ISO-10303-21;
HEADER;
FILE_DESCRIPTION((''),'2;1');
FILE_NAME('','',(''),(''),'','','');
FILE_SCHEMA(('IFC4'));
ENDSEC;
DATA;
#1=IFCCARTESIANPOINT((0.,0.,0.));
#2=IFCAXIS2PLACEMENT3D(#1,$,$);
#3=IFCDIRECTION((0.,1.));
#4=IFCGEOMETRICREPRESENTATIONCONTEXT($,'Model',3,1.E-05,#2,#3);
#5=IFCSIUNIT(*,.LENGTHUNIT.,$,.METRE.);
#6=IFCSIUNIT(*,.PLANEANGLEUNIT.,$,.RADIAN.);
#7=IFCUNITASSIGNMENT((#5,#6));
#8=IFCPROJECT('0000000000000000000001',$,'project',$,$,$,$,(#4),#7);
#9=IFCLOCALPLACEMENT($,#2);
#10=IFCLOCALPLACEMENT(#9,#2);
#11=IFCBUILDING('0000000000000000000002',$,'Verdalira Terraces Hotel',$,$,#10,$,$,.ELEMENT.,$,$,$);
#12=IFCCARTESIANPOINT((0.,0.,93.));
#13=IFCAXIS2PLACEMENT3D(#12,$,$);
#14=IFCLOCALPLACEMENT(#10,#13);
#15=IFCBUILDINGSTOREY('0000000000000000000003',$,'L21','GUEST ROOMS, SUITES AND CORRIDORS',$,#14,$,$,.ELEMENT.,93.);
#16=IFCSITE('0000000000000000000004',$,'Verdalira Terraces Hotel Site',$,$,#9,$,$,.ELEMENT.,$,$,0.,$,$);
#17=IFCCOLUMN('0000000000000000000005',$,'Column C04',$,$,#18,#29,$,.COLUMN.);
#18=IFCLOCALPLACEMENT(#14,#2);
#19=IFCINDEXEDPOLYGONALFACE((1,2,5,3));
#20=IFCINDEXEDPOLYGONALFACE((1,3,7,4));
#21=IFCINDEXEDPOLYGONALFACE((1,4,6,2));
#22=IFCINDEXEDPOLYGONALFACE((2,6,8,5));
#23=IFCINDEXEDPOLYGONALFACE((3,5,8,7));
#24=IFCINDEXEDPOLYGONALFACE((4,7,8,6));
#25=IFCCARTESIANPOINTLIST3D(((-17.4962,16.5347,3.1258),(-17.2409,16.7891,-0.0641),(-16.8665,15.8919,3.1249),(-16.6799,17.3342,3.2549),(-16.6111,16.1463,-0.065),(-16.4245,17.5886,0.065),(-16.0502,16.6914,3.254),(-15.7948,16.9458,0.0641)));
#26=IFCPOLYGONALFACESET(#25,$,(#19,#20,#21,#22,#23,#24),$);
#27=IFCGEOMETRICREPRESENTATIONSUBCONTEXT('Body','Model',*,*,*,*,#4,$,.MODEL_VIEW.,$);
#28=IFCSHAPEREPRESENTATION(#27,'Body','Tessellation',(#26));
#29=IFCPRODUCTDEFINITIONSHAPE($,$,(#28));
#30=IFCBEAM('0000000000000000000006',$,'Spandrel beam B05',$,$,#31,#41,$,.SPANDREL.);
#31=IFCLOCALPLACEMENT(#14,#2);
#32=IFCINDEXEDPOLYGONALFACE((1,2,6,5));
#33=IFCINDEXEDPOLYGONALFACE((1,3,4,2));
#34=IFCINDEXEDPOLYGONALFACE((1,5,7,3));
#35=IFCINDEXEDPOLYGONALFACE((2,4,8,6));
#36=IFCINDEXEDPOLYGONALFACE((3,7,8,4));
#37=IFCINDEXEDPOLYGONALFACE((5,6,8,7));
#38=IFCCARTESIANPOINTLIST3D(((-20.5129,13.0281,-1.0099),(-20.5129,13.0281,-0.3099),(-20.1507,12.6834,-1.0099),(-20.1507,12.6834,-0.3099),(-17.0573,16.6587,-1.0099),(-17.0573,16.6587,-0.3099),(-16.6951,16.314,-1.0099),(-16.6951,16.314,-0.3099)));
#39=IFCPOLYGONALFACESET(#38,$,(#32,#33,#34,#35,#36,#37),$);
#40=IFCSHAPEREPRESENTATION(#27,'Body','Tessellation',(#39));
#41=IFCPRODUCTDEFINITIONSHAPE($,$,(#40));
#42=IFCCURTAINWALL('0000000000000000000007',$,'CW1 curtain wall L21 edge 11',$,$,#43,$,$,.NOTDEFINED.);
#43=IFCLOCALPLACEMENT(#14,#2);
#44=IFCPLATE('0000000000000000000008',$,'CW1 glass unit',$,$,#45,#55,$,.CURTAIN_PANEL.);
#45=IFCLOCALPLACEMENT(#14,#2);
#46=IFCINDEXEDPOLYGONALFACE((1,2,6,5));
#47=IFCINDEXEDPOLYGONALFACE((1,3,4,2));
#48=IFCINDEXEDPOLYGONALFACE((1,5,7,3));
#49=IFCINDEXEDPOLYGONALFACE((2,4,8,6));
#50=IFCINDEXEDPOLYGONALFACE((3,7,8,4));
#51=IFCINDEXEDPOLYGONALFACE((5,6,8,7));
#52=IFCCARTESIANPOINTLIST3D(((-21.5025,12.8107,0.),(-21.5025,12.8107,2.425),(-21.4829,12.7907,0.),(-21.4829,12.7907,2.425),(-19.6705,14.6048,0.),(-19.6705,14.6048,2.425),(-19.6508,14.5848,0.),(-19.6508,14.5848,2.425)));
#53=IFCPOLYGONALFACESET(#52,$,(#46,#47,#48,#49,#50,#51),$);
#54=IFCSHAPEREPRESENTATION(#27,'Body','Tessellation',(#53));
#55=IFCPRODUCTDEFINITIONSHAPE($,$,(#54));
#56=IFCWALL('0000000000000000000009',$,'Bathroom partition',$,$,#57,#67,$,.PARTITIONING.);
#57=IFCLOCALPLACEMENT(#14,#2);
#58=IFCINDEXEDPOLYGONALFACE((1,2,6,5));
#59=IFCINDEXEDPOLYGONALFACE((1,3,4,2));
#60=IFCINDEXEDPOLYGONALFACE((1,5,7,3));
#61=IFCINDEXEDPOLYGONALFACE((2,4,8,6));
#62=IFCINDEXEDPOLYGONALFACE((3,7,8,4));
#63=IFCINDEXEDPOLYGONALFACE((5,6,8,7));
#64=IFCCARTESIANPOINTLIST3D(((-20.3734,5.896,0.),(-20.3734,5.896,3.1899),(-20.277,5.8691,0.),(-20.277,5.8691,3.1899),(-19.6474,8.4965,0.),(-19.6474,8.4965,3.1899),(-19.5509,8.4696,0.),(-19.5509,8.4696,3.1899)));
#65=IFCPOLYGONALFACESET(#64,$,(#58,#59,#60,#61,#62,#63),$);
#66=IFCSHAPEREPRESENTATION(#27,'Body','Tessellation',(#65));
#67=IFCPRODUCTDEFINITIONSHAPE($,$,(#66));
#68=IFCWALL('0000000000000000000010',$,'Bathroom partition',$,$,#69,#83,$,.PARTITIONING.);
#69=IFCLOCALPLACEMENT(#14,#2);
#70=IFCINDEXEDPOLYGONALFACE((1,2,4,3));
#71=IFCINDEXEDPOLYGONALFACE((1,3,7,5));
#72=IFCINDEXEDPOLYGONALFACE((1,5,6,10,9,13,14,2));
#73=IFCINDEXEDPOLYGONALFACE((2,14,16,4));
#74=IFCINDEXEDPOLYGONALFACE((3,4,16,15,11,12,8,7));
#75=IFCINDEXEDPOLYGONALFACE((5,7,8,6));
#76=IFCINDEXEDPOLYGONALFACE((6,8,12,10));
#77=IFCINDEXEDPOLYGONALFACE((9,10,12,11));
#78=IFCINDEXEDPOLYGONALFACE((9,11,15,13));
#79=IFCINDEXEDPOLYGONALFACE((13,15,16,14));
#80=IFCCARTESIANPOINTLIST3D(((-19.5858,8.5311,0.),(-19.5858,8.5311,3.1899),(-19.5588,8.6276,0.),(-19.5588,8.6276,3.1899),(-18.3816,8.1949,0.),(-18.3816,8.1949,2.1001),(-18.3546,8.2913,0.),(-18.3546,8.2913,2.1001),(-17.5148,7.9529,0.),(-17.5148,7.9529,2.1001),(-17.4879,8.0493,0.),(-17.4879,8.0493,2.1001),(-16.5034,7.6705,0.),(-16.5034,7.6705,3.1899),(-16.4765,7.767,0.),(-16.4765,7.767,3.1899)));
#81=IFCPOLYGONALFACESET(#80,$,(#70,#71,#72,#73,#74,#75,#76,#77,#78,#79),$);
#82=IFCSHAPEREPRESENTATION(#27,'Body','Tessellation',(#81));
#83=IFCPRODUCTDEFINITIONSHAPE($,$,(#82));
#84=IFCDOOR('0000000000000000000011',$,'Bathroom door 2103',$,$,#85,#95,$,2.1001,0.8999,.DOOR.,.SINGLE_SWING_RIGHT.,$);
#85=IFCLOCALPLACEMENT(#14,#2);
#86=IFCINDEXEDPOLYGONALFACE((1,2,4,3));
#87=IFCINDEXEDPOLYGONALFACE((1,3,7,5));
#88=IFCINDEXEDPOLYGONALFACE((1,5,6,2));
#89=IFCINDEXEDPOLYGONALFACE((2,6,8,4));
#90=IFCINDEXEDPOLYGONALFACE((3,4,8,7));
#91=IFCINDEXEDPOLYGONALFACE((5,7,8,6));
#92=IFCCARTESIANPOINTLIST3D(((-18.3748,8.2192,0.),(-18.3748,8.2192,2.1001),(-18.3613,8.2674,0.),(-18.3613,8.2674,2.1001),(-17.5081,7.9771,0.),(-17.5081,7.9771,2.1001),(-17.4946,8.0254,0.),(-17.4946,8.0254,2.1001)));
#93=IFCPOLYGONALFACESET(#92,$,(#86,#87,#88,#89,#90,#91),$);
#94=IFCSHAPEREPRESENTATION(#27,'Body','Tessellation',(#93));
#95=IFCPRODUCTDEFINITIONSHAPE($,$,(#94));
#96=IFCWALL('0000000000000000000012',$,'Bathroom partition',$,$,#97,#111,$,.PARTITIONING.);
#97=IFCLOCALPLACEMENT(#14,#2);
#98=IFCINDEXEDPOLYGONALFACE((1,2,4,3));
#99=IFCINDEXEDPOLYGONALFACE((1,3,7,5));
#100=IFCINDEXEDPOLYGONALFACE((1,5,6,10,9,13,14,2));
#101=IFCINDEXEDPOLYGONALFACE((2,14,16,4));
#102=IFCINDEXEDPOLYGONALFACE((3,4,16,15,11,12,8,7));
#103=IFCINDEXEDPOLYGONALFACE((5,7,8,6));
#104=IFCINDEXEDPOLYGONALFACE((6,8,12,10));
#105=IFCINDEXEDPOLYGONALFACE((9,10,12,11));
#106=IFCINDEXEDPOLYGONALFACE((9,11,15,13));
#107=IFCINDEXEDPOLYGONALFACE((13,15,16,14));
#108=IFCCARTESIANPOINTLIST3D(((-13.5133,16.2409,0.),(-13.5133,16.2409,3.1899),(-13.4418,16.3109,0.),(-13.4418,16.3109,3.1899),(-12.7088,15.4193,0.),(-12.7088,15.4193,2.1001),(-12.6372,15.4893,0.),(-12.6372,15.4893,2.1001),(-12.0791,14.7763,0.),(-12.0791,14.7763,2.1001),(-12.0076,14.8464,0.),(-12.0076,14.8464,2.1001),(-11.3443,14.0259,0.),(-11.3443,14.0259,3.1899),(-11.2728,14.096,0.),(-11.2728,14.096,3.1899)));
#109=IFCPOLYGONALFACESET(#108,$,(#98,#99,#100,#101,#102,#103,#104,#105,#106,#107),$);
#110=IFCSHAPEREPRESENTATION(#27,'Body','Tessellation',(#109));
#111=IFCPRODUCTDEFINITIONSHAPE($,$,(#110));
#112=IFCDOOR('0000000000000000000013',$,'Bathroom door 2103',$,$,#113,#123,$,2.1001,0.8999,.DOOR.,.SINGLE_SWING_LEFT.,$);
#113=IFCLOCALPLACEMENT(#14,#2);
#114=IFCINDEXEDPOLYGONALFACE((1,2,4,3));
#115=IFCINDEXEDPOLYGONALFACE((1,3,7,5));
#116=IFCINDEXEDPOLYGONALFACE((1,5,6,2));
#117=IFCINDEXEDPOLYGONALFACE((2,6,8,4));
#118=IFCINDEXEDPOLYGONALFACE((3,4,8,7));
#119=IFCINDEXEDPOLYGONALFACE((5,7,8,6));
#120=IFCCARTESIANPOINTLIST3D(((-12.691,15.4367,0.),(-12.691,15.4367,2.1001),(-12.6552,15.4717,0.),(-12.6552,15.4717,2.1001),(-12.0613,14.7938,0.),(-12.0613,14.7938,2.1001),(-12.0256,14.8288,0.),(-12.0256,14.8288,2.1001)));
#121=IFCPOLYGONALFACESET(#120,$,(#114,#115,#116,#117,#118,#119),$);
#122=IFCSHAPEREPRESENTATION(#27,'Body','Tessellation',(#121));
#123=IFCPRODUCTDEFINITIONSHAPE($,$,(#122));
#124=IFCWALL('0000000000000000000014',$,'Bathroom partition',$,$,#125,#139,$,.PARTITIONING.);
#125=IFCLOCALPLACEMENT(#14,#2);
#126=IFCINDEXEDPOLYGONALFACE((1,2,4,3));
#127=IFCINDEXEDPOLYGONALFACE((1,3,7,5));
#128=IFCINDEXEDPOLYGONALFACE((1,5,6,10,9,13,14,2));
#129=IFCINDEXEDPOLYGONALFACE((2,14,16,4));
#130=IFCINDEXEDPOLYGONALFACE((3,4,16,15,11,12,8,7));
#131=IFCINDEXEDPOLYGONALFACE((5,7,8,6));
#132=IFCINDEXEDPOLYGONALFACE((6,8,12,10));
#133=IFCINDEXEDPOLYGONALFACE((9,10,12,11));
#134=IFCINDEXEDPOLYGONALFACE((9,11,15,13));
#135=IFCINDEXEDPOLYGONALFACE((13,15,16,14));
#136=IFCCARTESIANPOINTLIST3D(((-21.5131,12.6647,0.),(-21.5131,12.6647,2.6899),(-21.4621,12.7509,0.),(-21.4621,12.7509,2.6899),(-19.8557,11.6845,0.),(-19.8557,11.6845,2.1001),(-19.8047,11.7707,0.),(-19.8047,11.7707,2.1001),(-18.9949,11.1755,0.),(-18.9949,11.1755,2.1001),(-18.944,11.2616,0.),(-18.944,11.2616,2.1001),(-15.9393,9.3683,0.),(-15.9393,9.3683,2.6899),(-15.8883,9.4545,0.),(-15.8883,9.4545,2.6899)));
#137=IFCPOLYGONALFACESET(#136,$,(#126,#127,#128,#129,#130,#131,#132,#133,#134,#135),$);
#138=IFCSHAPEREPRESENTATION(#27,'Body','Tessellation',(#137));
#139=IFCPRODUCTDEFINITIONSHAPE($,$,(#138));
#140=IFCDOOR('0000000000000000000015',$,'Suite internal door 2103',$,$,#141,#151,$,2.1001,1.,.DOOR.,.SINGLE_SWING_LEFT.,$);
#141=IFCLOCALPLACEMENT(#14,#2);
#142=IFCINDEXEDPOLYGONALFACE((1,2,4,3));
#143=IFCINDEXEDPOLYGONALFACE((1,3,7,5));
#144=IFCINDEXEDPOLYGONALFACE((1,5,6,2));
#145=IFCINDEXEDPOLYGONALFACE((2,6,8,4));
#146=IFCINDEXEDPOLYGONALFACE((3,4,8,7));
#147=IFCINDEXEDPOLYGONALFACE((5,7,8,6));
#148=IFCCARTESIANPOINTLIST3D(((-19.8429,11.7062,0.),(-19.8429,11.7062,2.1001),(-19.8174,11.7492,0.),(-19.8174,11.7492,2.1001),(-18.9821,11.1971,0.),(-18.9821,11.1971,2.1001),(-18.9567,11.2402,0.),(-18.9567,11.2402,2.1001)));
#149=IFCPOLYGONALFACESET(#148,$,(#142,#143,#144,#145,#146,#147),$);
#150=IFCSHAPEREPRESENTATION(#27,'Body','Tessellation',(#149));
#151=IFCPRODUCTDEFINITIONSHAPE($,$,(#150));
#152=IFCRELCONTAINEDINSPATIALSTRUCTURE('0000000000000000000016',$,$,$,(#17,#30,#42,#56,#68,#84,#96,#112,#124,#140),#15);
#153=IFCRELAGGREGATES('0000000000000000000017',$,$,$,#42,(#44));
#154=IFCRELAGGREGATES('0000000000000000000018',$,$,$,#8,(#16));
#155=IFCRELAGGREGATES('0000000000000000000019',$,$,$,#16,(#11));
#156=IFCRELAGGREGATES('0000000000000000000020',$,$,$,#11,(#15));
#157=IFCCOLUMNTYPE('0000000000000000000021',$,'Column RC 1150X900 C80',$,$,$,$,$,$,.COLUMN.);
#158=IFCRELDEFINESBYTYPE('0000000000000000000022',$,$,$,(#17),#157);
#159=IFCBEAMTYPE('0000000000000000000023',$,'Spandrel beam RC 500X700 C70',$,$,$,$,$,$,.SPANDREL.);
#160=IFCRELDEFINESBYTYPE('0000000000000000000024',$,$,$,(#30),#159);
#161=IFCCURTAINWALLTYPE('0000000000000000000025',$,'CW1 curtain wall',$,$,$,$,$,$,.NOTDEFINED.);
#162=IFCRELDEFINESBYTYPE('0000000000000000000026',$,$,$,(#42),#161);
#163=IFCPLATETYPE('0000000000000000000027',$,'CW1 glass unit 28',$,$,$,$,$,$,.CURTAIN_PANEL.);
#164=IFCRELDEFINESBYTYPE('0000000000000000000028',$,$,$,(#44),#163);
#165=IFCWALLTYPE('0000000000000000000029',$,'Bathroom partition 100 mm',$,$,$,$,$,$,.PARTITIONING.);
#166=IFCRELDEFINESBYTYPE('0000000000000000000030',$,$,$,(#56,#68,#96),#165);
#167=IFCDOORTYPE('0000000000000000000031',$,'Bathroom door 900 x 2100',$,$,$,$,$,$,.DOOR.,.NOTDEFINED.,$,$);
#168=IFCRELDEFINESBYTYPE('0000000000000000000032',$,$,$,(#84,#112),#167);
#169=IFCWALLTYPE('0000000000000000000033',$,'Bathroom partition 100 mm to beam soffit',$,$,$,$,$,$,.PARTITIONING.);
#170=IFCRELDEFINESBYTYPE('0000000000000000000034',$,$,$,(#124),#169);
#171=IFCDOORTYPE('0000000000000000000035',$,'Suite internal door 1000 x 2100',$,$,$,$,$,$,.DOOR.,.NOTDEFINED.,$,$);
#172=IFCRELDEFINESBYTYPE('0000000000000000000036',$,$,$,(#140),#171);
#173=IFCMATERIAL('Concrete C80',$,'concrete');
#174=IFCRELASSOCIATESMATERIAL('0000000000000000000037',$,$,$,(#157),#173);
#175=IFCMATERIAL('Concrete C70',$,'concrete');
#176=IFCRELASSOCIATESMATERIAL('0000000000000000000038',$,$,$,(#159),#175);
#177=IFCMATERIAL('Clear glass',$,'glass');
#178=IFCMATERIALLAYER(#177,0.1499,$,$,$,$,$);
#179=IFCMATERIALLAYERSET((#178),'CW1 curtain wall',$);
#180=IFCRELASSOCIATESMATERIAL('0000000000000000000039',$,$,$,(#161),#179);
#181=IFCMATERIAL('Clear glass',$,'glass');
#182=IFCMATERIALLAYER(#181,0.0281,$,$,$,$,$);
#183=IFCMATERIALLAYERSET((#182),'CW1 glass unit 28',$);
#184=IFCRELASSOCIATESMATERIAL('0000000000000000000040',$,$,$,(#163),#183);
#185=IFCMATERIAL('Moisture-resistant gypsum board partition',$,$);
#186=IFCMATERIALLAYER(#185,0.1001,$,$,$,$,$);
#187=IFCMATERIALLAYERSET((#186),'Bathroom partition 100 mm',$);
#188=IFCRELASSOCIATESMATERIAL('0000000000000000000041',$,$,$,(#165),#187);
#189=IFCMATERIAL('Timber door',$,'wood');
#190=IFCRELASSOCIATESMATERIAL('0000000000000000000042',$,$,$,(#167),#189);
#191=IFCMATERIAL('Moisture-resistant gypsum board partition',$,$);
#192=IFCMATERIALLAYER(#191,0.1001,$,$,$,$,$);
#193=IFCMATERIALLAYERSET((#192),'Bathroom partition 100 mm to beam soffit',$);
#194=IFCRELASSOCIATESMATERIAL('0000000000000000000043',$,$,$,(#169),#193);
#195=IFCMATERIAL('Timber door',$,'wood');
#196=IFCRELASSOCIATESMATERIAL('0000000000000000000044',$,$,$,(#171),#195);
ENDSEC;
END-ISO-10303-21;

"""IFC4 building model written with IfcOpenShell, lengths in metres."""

from ifc_helpers import new_model, si_unit, direction, frame, frame_2d, origin, origin_2d, place, context, subcontext, project, spatial, rectangle, extrude, material, layer, layer_set, material_profile, profile_set, type_object, element, fill, aggregate, save


model = new_model("IFC4")

# Units and contexts
model_context = context("Model", 3, precision=1e-05, world=origin(), true_north=direction((0.0, 1.0)))
body_context = subcontext(model_context, "Body", "Model", "MODEL_VIEW")
ifc_project = project(units=[si_unit("LENGTHUNIT", "METRE"), si_unit("PLANEANGLEUNIT", "RADIAN")], contexts=[model_context])

# Site, building, storey
site_placement = place(None, origin())
site = spatial("IfcSite", under=ifc_project, at=site_placement, Name="Verdalira Terraces Hotel Site", CompositionType="ELEMENT", RefElevation=0.0)
building_placement = place(site_placement, origin())
building = spatial("IfcBuilding", under=site, at=building_placement, Name="Verdalira Terraces Hotel", CompositionType="ELEMENT")
storey_placement = place(building_placement, frame((0.0, 0.0, 93.0)))
storey = spatial("IfcBuildingStorey", under=building, at=storey_placement, Name="L21", Description="GUEST ROOMS, SUITES AND CORRIDORS", CompositionType="ELEMENT", Elevation=93.0)

# Column
ifc_material_1 = material(Name="Concrete C80", Category="concrete")
ifc_material_profile_1 = material_profile(ifc_material_1, rectangle(XDim=1.1499, YDim=0.8999, at=origin_2d()), Name="RC 1150X900")
ifc_profile_set_1 = profile_set([ifc_material_profile_1], Name="Concrete C80")
column_type = type_object("IfcColumnType", Name="Column RC 1150X900 C80", PredefinedType="COLUMN", material=ifc_profile_set_1)
column_placement = place(storey_placement, frame((-16.5178, 16.8674, 0.0), z_axis=(-0.079549, -0.079245, 0.993676), x_axis=(-0.709905, -0.695289, -0.11228)))
element("IfcColumn", 1, at=column_placement, inside=storey, type_object=column_type, Name="Column C04", PredefinedType="COLUMN", context=body_context, shape_type="SweptSolid", body=[
    extrude(rectangle(XDim=1.1499, YDim=0.8999, at=origin_2d()), origin(), (0.0, 0.0, 1.0), 3.2102),
])

# Beam
ifc_material_2 = material(Name="Concrete C70", Category="concrete")
ifc_material_profile_2 = material_profile(ifc_material_2, rectangle(XDim=0.5, YDim=0.7, at=origin_2d()), Name="RC 500X700")
ifc_profile_set_2 = profile_set([ifc_material_profile_2], Name="Concrete C70")
beam_type = type_object("IfcBeamType", Name="Spandrel beam RC 500X700 C70", PredefinedType="SPANDREL", material=ifc_profile_set_2)
beam_placement = place(storey_placement, frame((-16.8762, 16.4863, -0.6599), z_axis=(-0.689429, -0.724353, 0.0), x_axis=(0.724353, -0.689429, 0.0)))
element("IfcBeam", 2, at=beam_placement, inside=storey, type_object=beam_type, Name="Spandrel beam B05", PredefinedType="SPANDREL", context=body_context, shape_type="SweptSolid", body=[
    extrude(rectangle(XDim=0.5, YDim=0.7, at=origin_2d()), origin(), (0.0, 0.0, 1.0), 5.0122),
])

# Curtain wall, plate
ifc_material_3 = material(Name="Clear glass", Category="glass")
ifc_layer_1 = layer(ifc_material_3, 0.1499)
ifc_layer_set_1 = layer_set([ifc_layer_1], Name="CW1 curtain wall")
curtain_wall_type = type_object("IfcCurtainWallType", Name="CW1 curtain wall", PredefinedType="NOTDEFINED", material=ifc_layer_set_1)
curtain_wall_placement = place(storey_placement, origin())
curtain_wall = element("IfcCurtainWall", 3, at=curtain_wall_placement, inside=storey, type_object=curtain_wall_type, Name="CW1 curtain wall L21 edge 11", PredefinedType="NOTDEFINED")
ifc_material_4 = material(Name="Clear glass", Category="glass")
ifc_layer_2 = layer(ifc_material_4, 0.0281)
ifc_layer_set_2 = layer_set([ifc_layer_2], Name="CW1 glass unit 28")
plate_type = type_object("IfcPlateType", Name="CW1 glass unit 28", PredefinedType="CURTAIN_PANEL", material=ifc_layer_set_2)
plate_placement = place(storey_placement, frame((-20.5767, 13.6978, 0.0), z_axis=(0.0, 0.0, 1.0), x_axis=(-0.714473, -0.699663, 0.0)))
plate = element("IfcPlate", 4, at=plate_placement, type_object=plate_type, Name="CW1 glass unit", PredefinedType="CURTAIN_PANEL", context=body_context, shape_type="SweptSolid", body=[
    extrude(rectangle(XDim=2.5642, YDim=0.0281, at=origin_2d()), origin(), (0.0, 0.0, 1.0), 2.425),
])
aggregate(curtain_wall, [plate])

# Wall
ifc_material_5 = material(Name="Moisture-resistant gypsum board partition")
ifc_layer_3 = layer(ifc_material_5, 0.1001)
ifc_layer_set_3 = layer_set([ifc_layer_3], Name="Bathroom partition 100 mm")
wall_type_1 = type_object("IfcWallType", Name="Bathroom partition 100 mm", PredefinedType="PARTITIONING", material=ifc_layer_set_3)
wall_1_placement = place(storey_placement, frame((-19.5991, 8.4832, 0.0), z_axis=(0.0, 0.0, 1.0), x_axis=(-0.268912, -0.963165, 0.0)))
element("IfcWall", 5, at=wall_1_placement, inside=storey, type_object=wall_type_1, Name="Bathroom partition", PredefinedType="PARTITIONING", context=body_context, shape_type="SweptSolid", body=[
    extrude(rectangle(XDim=2.7, YDim=0.1001, at=frame_2d((1.3501, 0.0))), origin(), (0.0, 0.0, 1.0), 3.1899),
])

# Walls, openings, doors
wall_2_placement = place(storey_placement, frame((-16.49, 7.7188, 0.0), z_axis=(0.0, 0.0, 1.0), x_axis=(-0.963162, 0.268922, 0.0)))
wall_2 = element("IfcWall", 6, at=wall_2_placement, inside=storey, type_object=wall_type_1, Name="Bathroom partition", PredefinedType="PARTITIONING", context=body_context, shape_type="SweptSolid", body=[
    extrude(rectangle(XDim=3.2002, YDim=0.1001, at=frame_2d((1.6001, 0.0))), origin(), (0.0, 0.0, 1.0), 3.1899),
])
opening_1_placement = place(wall_2_placement, frame((1.05, 0.0, 0.0)))
opening_1 = element("IfcOpeningElement", 7, at=opening_1_placement, cuts=wall_2, PredefinedType="OPENING", context=body_context, shape_type="SweptSolid", body=[
    extrude(rectangle(XDim=0.8999, YDim=2.1001, at=frame_2d((0.45, 1.05))), frame((0.0, 0.0601, 0.0), z_axis=(0.0, -1.0, 0.0), x_axis=(1.0, 0.0, 0.0)), (0.0, 0.0, 1.0), 0.1201),
])
ifc_material_6 = material(Name="Timber door", Category="wood")
door_type_1 = type_object("IfcDoorType", Name="Bathroom door 900 x 2100", OperationType="NOTDEFINED", PredefinedType="DOOR", material=ifc_material_6)
door_1_placement = place(opening_1_placement, origin())
door_1 = element("IfcDoor", 8, at=door_1_placement, inside=storey, type_object=door_type_1, Name="Bathroom door 2103", OperationType="SINGLE_SWING_RIGHT", OverallHeight=2.1001, OverallWidth=0.8999, PredefinedType="DOOR", context=body_context, shape_type="SweptSolid", body=[
    extrude(rectangle(XDim=0.8999, YDim=2.1001, at=frame_2d((0.45, 1.05))), frame((0.0, 0.0249, 0.0), z_axis=(0.0, -1.0, 0.0), x_axis=(1.0, 0.0, 0.0)), (0.0, 0.0, 1.0), 0.05),
])
fill(opening_1, door_1)
wall_3_placement = place(storey_placement, frame((-13.4775, 16.2759, 0.0), z_axis=(0.0, 0.0, 1.0), x_axis=(0.699665, -0.714471, 0.0)))
wall_3 = element("IfcWall", 9, at=wall_3_placement, inside=storey, type_object=wall_type_1, Name="Bathroom partition", PredefinedType="PARTITIONING", context=body_context, shape_type="SweptSolid", body=[
    extrude(rectangle(XDim=3.1001, YDim=0.1001, at=frame_2d((1.55, 0.0))), origin(), (0.0, 0.0, 1.0), 3.1899),
])
opening_2_placement = place(wall_3_placement, frame((1.1499, 0.0, 0.0)))
opening_2 = element("IfcOpeningElement", 10, at=opening_2_placement, cuts=wall_3, PredefinedType="OPENING", context=body_context, shape_type="SweptSolid", body=[
    extrude(rectangle(XDim=0.8999, YDim=2.1001, at=frame_2d((0.45, 1.05))), frame((0.0, 0.0601, 0.0), z_axis=(0.0, -1.0, 0.0), x_axis=(1.0, 0.0, 0.0)), (0.0, 0.0, 1.0), 0.1201),
])
door_2_placement = place(opening_2_placement, origin())
door_2 = element("IfcDoor", 11, at=door_2_placement, inside=storey, type_object=door_type_1, Name="Bathroom door 2103", OperationType="SINGLE_SWING_LEFT", OverallHeight=2.1001, OverallWidth=0.8999, PredefinedType="DOOR", context=body_context, shape_type="SweptSolid", body=[
    extrude(rectangle(XDim=0.8999, YDim=2.1001, at=frame_2d((0.45, 1.05))), frame((0.0, 0.0249, 0.0), z_axis=(0.0, -1.0, 0.0), x_axis=(1.0, 0.0, 0.0)), (0.0, 0.0, 1.0), 0.05),
])
fill(opening_2, door_2)
ifc_material_7 = material(Name="Moisture-resistant gypsum board partition")
ifc_layer_4 = layer(ifc_material_7, 0.1001)
ifc_layer_set_4 = layer_set([ifc_layer_4], Name="Bathroom partition 100 mm to beam soffit")
wall_type_2 = type_object("IfcWallType", Name="Bathroom partition 100 mm to beam soffit", PredefinedType="PARTITIONING", material=ifc_layer_set_4)
wall_4_placement = place(storey_placement, frame((-15.9138, 9.4114, 0.0), z_axis=(0.0, 0.0, 1.0), x_axis=(-0.860736, 0.509052, 0.0)))
wall_4 = element("IfcWall", 12, at=wall_4_placement, inside=storey, type_object=wall_type_2, Name="Bathroom partition", PredefinedType="PARTITIONING", context=body_context, shape_type="SweptSolid", body=[
    extrude(rectangle(XDim=6.4756, YDim=0.1001, at=frame_2d((3.2378, 0.0))), origin(), (0.0, 0.0, 1.0), 2.6899),
])
opening_3_placement = place(wall_4_placement, frame((3.55, 0.0, 0.0)))
opening_3 = element("IfcOpeningElement", 13, at=opening_3_placement, cuts=wall_4, PredefinedType="OPENING", context=body_context, shape_type="SweptSolid", body=[
    extrude(rectangle(XDim=1.0, YDim=2.1001, at=frame_2d((0.5, 1.05))), frame((0.0, 0.0601, 0.0), z_axis=(0.0, -1.0, 0.0), x_axis=(1.0, 0.0, 0.0)), (0.0, 0.0, 1.0), 0.1201),
])
ifc_material_8 = material(Name="Timber door", Category="wood")
door_type_2 = type_object("IfcDoorType", Name="Suite internal door 1000 x 2100", OperationType="NOTDEFINED", PredefinedType="DOOR", material=ifc_material_8)
door_3_placement = place(opening_3_placement, origin())
door_3 = element("IfcDoor", 14, at=door_3_placement, inside=storey, type_object=door_type_2, Name="Suite internal door 2103", OperationType="SINGLE_SWING_LEFT", OverallHeight=2.1001, OverallWidth=1.0, PredefinedType="DOOR", context=body_context, shape_type="SweptSolid", body=[
    extrude(rectangle(XDim=1.0, YDim=2.1001, at=frame_2d((0.5, 1.05))), frame((0.0, 0.0249, 0.0), z_axis=(0.0, -1.0, 0.0), x_axis=(1.0, 0.0, 0.0)), (0.0, 0.0, 1.0), 0.05),
])
fill(opening_3, door_3)

save(model, "model.ifc")
